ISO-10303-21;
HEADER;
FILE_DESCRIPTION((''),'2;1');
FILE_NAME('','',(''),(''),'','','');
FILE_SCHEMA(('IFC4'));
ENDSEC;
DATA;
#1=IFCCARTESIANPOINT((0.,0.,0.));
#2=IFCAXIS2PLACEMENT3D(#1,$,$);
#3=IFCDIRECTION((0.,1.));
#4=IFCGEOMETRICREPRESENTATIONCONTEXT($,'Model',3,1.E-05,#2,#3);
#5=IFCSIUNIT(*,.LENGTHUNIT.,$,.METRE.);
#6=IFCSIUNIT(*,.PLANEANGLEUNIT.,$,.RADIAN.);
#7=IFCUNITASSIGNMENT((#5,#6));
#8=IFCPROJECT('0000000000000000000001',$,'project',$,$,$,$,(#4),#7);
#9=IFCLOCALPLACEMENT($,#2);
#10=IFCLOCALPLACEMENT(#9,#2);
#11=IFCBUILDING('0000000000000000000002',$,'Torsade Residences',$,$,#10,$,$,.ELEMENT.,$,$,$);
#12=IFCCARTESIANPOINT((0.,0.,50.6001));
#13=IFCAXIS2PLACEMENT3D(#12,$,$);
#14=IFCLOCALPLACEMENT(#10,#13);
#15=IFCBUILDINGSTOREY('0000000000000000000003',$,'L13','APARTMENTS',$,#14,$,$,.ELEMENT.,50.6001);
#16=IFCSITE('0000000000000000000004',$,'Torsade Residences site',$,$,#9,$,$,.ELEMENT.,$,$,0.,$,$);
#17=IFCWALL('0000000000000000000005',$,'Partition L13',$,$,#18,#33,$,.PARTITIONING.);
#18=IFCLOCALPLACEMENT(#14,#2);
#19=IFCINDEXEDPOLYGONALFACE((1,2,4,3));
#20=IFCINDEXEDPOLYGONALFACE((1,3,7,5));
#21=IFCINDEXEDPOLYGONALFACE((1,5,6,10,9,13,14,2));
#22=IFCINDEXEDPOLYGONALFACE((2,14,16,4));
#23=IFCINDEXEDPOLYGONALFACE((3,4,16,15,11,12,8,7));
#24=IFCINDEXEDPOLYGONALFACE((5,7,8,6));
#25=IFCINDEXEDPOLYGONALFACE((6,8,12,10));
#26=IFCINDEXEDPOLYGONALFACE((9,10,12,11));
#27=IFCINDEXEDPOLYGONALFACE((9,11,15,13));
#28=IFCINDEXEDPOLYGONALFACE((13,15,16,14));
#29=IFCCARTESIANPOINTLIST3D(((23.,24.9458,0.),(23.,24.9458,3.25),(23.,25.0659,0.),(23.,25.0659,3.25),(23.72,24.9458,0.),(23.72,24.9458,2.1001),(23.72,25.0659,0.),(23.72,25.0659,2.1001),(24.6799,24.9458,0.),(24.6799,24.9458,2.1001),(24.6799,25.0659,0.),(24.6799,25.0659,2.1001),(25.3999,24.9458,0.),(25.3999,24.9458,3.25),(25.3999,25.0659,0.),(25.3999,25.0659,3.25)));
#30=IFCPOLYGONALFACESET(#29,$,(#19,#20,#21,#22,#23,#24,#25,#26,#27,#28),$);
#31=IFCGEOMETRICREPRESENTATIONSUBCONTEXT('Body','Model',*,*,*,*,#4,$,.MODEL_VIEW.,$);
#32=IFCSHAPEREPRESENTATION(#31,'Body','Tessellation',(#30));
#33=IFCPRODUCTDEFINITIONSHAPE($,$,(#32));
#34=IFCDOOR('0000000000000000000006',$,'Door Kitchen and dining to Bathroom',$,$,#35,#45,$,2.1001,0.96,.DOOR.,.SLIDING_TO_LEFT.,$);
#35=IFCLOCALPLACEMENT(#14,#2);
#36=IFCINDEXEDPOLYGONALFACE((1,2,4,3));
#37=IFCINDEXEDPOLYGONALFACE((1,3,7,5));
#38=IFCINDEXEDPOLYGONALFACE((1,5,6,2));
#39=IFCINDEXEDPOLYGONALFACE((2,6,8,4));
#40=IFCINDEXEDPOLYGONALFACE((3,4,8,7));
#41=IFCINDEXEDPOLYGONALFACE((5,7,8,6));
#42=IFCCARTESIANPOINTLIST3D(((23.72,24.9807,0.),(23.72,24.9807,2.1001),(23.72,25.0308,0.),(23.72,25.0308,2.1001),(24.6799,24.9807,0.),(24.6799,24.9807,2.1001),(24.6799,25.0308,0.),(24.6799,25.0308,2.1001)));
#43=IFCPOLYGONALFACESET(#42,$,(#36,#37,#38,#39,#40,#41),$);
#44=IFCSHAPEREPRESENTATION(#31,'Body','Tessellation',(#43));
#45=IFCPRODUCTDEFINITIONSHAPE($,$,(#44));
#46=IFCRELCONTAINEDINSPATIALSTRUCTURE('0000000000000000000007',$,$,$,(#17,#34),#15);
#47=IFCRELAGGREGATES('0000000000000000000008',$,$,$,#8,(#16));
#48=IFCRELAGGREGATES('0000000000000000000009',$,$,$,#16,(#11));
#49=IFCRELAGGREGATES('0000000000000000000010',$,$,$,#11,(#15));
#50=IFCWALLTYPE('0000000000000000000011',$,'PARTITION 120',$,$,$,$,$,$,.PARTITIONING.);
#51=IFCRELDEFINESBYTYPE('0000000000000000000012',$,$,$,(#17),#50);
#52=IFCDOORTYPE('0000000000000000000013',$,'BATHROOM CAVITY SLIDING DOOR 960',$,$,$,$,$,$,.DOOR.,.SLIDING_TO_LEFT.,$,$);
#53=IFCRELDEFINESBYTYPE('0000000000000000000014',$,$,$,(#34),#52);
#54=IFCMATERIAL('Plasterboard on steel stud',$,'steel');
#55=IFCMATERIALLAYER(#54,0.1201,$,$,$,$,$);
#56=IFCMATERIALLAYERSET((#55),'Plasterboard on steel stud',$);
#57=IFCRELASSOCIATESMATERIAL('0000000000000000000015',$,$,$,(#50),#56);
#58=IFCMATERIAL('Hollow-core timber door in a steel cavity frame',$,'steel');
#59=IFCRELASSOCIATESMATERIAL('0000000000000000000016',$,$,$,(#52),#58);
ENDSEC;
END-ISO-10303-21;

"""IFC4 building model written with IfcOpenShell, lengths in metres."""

from ifc_helpers import new_model, si_unit, direction, frame, frame_2d, origin, place, context, subcontext, project, spatial, rectangle, extrude, material, layer, layer_set, type_object, element, fill, save


model = new_model("IFC4")

# Units and contexts
model_context = context("Model", 3, precision=1e-05, world=origin(), true_north=direction((0.0, 1.0)))
body_context = subcontext(model_context, "Body", "Model", "MODEL_VIEW")
ifc_project = project(units=[si_unit("LENGTHUNIT", "METRE"), si_unit("PLANEANGLEUNIT", "RADIAN")], contexts=[model_context])

# Site, building, storey
site_placement = place(None, origin())
site = spatial("IfcSite", under=ifc_project, at=site_placement, Name="Torsade Residences site", CompositionType="ELEMENT", RefElevation=0.0)
building_placement = place(site_placement, origin())
building = spatial("IfcBuilding", under=site, at=building_placement, Name="Torsade Residences", CompositionType="ELEMENT")
storey_placement = place(building_placement, frame((0.0, 0.0, 50.6001)))
storey = spatial("IfcBuildingStorey", under=building, at=storey_placement, Name="L13", Description="APARTMENTS", CompositionType="ELEMENT", Elevation=50.6001)

# Wall, opening, door
ifc_material_1 = material(Name="Plasterboard on steel stud", Category="steel")
ifc_layer_1 = layer(ifc_material_1, 0.1201)
ifc_layer_set_1 = layer_set([ifc_layer_1], Name="Plasterboard on steel stud")
wall_type_1 = type_object("IfcWallType", Name="PARTITION 120", PredefinedType="PARTITIONING", material=ifc_layer_set_1)
wall_1_placement = place(storey_placement, frame((23.0, 25.0059, 0.0), z_axis=(0.0, 0.0, 1.0), x_axis=(1.0, 0.0, 0.0)))
wall_1 = element("IfcWall", 1, at=wall_1_placement, inside=storey, type_object=wall_type_1, Name="Partition L13", PredefinedType="PARTITIONING", context=body_context, shape_type="SweptSolid", body=[
    extrude(rectangle(XDim=2.3999, YDim=0.1201, at=frame_2d((1.2, 0.0))), origin(), (0.0, 0.0, 1.0), 3.25),
])
opening_1_placement = place(wall_1_placement, frame((0.72, 0.0, 0.0)))
opening_1 = element("IfcOpeningElement", 2, at=opening_1_placement, cuts=wall_1, PredefinedType="OPENING", context=body_context, shape_type="SweptSolid", body=[
    extrude(rectangle(XDim=0.96, YDim=2.1001, at=frame_2d((0.48, 1.05))), frame((0.0, 0.0701, 0.0), z_axis=(0.0, -1.0, 0.0), x_axis=(1.0, 0.0, 0.0)), (0.0, 0.0, 1.0), 0.1401),
])
ifc_material_2 = material(Name="Hollow-core timber door in a steel cavity frame", Category="steel")
door_type_1 = type_object("IfcDoorType", Name="BATHROOM CAVITY SLIDING DOOR 960", OperationType="SLIDING_TO_LEFT", PredefinedType="DOOR", material=ifc_material_2)
door_1_placement = place(opening_1_placement, origin())
door_1 = element("IfcDoor", 3, at=door_1_placement, inside=storey, type_object=door_type_1, Name="Door Kitchen and dining to Bathroom", OperationType="SLIDING_TO_LEFT", OverallHeight=2.1001, OverallWidth=0.96, PredefinedType="DOOR", context=body_context, shape_type="SweptSolid", body=[
    extrude(rectangle(XDim=0.96, YDim=2.1001, at=frame_2d((0.48, 1.05))), frame((0.0, 0.0249, 0.0), z_axis=(0.0, -1.0, 0.0), x_axis=(1.0, 0.0, 0.0)), (0.0, 0.0, 1.0), 0.05),
])
fill(opening_1, door_1)

save(model, "model.ifc")
